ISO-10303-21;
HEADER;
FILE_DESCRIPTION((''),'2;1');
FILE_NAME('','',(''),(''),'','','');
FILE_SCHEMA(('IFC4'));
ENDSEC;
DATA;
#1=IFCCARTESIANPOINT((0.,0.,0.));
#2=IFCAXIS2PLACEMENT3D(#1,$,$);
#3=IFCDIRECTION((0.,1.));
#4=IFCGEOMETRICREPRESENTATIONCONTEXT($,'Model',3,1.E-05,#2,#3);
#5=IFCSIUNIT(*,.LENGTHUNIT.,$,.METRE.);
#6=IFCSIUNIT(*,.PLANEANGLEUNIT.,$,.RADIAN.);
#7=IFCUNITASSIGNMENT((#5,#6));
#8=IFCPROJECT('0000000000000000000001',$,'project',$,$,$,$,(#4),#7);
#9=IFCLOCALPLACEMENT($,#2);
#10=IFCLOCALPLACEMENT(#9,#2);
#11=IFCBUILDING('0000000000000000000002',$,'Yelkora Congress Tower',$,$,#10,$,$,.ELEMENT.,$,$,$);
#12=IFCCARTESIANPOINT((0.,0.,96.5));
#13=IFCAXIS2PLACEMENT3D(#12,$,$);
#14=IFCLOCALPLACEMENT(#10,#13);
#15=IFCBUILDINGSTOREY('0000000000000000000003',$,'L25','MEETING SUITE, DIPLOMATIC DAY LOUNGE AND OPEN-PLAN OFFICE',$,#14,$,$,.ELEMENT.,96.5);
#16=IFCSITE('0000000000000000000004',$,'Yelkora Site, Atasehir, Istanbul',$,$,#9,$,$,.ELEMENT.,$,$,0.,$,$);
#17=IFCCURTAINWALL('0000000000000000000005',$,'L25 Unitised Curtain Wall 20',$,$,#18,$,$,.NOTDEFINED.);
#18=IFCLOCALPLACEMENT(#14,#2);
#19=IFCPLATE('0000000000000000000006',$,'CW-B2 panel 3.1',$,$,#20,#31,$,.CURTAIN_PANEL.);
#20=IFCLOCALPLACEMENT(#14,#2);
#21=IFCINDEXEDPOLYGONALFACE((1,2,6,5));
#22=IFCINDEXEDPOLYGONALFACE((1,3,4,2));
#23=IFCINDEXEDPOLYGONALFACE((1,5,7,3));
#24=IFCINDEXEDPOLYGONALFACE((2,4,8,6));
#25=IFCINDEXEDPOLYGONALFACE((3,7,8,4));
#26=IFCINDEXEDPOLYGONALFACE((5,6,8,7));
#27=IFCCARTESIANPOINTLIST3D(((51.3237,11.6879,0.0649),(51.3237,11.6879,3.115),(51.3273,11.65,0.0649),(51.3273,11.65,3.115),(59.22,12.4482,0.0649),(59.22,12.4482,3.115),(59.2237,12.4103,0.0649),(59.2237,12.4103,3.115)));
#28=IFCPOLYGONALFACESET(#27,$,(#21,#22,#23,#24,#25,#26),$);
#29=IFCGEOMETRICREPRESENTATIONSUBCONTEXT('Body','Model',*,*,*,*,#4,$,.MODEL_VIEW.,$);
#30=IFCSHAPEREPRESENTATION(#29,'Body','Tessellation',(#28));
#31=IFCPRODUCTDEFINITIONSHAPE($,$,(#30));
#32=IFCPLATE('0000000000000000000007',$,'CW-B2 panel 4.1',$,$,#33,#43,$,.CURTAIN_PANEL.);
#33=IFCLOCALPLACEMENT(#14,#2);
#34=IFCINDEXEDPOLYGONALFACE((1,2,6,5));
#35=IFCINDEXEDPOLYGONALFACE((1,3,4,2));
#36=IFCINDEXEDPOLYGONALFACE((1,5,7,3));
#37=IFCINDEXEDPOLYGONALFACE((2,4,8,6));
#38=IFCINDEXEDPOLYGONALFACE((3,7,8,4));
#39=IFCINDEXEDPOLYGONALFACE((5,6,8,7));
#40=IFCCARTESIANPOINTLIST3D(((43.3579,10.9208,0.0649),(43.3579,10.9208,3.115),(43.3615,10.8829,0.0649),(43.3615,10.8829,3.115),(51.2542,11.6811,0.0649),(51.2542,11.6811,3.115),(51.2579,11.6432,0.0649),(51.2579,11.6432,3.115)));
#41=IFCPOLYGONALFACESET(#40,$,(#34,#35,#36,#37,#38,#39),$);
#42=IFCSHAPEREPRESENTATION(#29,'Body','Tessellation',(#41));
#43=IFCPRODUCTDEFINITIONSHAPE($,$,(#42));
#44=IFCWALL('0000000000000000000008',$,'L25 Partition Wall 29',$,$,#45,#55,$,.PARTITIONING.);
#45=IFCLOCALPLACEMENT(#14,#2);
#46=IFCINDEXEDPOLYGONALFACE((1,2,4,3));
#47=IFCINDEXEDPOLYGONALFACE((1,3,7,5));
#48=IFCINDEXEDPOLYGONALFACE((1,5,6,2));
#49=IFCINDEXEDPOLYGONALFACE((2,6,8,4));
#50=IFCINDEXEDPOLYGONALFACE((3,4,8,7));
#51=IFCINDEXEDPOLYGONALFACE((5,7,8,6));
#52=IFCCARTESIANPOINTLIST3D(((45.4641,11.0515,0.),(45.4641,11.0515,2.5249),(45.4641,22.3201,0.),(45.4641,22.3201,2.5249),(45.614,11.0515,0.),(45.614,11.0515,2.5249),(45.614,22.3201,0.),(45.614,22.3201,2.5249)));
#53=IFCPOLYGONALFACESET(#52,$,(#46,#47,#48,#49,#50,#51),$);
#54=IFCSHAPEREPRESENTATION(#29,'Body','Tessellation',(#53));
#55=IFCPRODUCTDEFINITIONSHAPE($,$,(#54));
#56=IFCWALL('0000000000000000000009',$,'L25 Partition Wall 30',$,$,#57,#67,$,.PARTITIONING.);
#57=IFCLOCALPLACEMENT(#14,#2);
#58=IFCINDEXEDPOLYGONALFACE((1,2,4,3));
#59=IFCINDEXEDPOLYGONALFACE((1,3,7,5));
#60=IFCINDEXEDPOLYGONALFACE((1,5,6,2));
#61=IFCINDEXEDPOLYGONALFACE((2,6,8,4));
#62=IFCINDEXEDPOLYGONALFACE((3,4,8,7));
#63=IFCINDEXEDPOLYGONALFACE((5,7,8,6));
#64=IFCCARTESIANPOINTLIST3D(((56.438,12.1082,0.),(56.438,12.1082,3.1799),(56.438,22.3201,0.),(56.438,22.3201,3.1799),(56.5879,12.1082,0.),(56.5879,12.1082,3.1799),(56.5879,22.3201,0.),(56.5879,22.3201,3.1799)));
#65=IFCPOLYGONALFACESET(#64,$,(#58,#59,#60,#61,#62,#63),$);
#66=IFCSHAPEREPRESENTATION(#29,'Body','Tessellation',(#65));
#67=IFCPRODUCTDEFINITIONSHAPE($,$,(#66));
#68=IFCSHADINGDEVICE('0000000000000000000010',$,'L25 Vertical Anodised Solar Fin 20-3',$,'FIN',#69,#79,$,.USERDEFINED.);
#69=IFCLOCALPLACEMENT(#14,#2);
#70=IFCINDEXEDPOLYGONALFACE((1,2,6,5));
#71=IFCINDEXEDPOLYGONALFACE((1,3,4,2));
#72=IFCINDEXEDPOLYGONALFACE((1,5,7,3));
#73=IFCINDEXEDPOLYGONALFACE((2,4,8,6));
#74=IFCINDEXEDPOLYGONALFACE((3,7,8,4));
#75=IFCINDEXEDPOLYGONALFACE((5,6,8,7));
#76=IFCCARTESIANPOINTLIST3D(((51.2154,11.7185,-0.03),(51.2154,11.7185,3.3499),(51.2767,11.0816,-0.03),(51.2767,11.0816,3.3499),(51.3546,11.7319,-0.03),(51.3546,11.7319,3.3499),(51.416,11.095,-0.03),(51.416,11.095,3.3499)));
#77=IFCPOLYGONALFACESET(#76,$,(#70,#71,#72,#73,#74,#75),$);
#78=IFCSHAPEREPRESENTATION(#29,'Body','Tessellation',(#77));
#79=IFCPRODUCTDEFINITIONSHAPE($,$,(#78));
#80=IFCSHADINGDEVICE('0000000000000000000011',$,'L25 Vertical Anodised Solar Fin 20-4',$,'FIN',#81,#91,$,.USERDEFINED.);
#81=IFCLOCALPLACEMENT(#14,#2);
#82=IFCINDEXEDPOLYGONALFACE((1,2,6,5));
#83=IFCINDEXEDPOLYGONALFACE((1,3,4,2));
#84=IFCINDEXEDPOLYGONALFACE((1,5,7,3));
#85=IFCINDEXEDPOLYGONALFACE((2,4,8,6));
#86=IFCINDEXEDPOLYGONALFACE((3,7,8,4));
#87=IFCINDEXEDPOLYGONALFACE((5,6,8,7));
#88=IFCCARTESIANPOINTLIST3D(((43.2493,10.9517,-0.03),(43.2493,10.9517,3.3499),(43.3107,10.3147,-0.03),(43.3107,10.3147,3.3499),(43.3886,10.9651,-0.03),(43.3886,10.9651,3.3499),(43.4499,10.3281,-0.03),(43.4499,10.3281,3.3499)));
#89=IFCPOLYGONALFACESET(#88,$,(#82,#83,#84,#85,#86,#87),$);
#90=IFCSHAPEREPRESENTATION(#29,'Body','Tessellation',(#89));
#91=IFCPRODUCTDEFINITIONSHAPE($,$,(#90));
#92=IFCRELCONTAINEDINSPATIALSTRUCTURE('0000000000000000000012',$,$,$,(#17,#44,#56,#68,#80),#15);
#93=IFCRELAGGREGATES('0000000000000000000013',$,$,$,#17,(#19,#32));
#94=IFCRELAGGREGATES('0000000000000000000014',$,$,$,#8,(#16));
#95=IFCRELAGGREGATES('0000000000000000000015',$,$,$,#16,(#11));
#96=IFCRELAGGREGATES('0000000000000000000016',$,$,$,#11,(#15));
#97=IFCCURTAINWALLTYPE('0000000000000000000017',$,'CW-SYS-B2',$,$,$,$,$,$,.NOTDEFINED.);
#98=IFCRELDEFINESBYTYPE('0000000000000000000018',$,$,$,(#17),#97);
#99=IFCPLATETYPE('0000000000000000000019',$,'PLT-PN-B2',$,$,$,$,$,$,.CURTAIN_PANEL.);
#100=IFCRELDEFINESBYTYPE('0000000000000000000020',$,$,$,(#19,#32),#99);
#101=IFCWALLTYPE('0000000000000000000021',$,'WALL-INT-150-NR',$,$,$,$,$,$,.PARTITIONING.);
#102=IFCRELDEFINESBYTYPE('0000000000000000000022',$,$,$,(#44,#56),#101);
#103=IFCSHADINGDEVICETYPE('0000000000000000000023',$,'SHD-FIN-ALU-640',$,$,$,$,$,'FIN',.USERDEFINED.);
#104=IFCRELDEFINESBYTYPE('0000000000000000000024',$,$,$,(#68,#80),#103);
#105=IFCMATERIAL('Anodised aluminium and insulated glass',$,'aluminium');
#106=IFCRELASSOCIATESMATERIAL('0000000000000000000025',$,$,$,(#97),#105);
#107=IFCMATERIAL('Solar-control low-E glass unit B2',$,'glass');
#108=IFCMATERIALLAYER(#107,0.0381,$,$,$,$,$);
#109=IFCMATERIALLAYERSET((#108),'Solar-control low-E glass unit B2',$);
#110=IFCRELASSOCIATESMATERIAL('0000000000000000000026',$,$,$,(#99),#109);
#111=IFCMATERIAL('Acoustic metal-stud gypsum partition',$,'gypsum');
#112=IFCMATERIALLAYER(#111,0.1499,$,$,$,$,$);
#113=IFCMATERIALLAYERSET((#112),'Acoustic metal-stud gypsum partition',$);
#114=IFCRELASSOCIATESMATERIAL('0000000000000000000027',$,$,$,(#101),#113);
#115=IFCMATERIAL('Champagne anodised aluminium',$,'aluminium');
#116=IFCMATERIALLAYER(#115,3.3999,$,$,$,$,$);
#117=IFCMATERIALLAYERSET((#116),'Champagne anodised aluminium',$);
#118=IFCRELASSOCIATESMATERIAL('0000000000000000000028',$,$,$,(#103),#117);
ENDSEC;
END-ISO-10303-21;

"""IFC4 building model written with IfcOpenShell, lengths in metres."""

from ifc_helpers import new_model, si_unit, direction, frame, frame_2d, origin, origin_2d, place, context, subcontext, project, spatial, rectangle, extrude, material, layer, layer_set, type_object, element, aggregate, save


model = new_model("IFC4")

# Units and contexts
model_context = context("Model", 3, precision=1e-05, world=origin(), true_north=direction((0.0, 1.0)))
body_context = subcontext(model_context, "Body", "Model", "MODEL_VIEW")
ifc_project = project(units=[si_unit("LENGTHUNIT", "METRE"), si_unit("PLANEANGLEUNIT", "RADIAN")], contexts=[model_context])

# Site, building, storey
site_placement = place(None, origin())
site = spatial("IfcSite", under=ifc_project, at=site_placement, Name="Yelkora Site, Atasehir, Istanbul", CompositionType="ELEMENT", RefElevation=0.0)
building_placement = place(site_placement, origin())
building = spatial("IfcBuilding", under=site, at=building_placement, Name="Yelkora Congress Tower", CompositionType="ELEMENT")
storey_placement = place(building_placement, frame((0.0, 0.0, 96.5)))
storey = spatial("IfcBuildingStorey", under=building, at=storey_placement, Name="L25", Description="MEETING SUITE, DIPLOMATIC DAY LOUNGE AND OPEN-PLAN OFFICE", CompositionType="ELEMENT", Elevation=96.5)

# Curtain wall, plates
ifc_material_1 = material(Name="Anodised aluminium and insulated glass", Category="aluminium")
curtain_wall_type = type_object("IfcCurtainWallType", Name="CW-SYS-B2", PredefinedType="NOTDEFINED", material=ifc_material_1)
curtain_wall_placement = place(storey_placement, origin())
curtain_wall = element("IfcCurtainWall", 1, at=curtain_wall_placement, inside=storey, type_object=curtain_wall_type, Name="L25 Unitised Curtain Wall 20", PredefinedType="NOTDEFINED")
ifc_material_2 = material(Name="Solar-control low-E glass unit B2", Category="glass")
ifc_layer_1 = layer(ifc_material_2, 0.0381)
ifc_layer_set_1 = layer_set([ifc_layer_1], Name="Solar-control low-E glass unit B2")
plate_type = type_object("IfcPlateType", Name="PLT-PN-B2", PredefinedType="CURTAIN_PANEL", material=ifc_layer_set_1)
plate_1_placement = place(storey_placement, frame((55.2737, 12.0491, 0.0649), z_axis=(0.0, 0.0, 1.0), x_axis=(-0.995396, -0.095844, 0.0)))
plate_1 = element("IfcPlate", 2, at=plate_1_placement, type_object=plate_type, Name="CW-B2 panel 3.1", PredefinedType="CURTAIN_PANEL", context=body_context, shape_type="SweptSolid", body=[
    extrude(rectangle(XDim=7.9329, YDim=0.0381, at=origin_2d()), origin(), (0.0, 0.0, 1.0), 3.05),
])
plate_2_placement = place(storey_placement, frame((47.3079, 11.282, 0.0649), z_axis=(0.0, 0.0, 1.0), x_axis=(-0.995396, -0.095844, 0.0)))
plate_2 = element("IfcPlate", 3, at=plate_2_placement, type_object=plate_type, Name="CW-B2 panel 4.1", PredefinedType="CURTAIN_PANEL", context=body_context, shape_type="SweptSolid", body=[
    extrude(rectangle(XDim=7.9329, YDim=0.0381, at=origin_2d()), origin(), (0.0, 0.0, 1.0), 3.05),
])
aggregate(curtain_wall, [plate_1, plate_2])

# Walls
ifc_material_3 = material(Name="Acoustic metal-stud gypsum partition", Category="gypsum")
ifc_layer_2 = layer(ifc_material_3, 0.1499)
ifc_layer_set_2 = layer_set([ifc_layer_2], Name="Acoustic metal-stud gypsum partition")
wall_type = type_object("IfcWallType", Name="WALL-INT-150-NR", PredefinedType="PARTITIONING", material=ifc_layer_set_2)
wall_1_placement = place(storey_placement, frame((45.5391, 11.0515, 0.0), z_axis=(0.0, 0.0, 1.0), x_axis=(0.0, 1.0, 0.0)))
element("IfcWall", 4, at=wall_1_placement, inside=storey, type_object=wall_type, Name="L25 Partition Wall 29", PredefinedType="PARTITIONING", context=body_context, shape_type="SweptSolid", body=[
    extrude(rectangle(XDim=11.2686, YDim=0.1499, at=frame_2d((5.6343, 0.0))), origin(), (0.0, 0.0, 1.0), 2.5249),
])
wall_2_placement = place(storey_placement, frame((56.5129, 12.1082, 0.0), z_axis=(0.0, 0.0, 1.0), x_axis=(0.0, 1.0, 0.0)))
element("IfcWall", 5, at=wall_2_placement, inside=storey, type_object=wall_type, Name="L25 Partition Wall 30", PredefinedType="PARTITIONING", context=body_context, shape_type="SweptSolid", body=[
    extrude(rectangle(XDim=10.2119, YDim=0.1499, at=frame_2d((5.106, 0.0))), origin(), (0.0, 0.0, 1.0), 3.1799),
])

# Shading devices
ifc_material_4 = material(Name="Champagne anodised aluminium", Category="aluminium")
ifc_layer_3 = layer(ifc_material_4, 3.3999)
ifc_layer_set_3 = layer_set([ifc_layer_3], Name="Champagne anodised aluminium")
shading_device_type = type_object("IfcShadingDeviceType", Name="SHD-FIN-ALU-640", ElementType="FIN", PredefinedType="USERDEFINED", material=ifc_layer_set_3)
for number, where, z_axis, x_axis, name in (
    (6, (51.3157, 11.4067, -0.03), (0.0, 0.0, 1.0), (-0.995396, -0.095846, 0.0), "L25 Vertical Anodised Solar Fin 20-3"),
    (7, (43.3496, 10.6399, -0.03), (0.0, 0.0, 1.0), (-0.995396, -0.095846, 0.0), "L25 Vertical Anodised Solar Fin 20-4"),
):
    element("IfcShadingDevice", number, at=place(storey_placement, frame(where, z_axis=z_axis, x_axis=x_axis)), inside=storey, type_object=shading_device_type, Name=name, ObjectType="FIN", PredefinedType="USERDEFINED", context=body_context, shape_type="SweptSolid", body=[
        extrude(rectangle(XDim=0.1399, YDim=0.6399, at=origin_2d()), origin(), (0.0, 0.0, 1.0), 3.3799),
    ])

save(model, "model.ifc")
